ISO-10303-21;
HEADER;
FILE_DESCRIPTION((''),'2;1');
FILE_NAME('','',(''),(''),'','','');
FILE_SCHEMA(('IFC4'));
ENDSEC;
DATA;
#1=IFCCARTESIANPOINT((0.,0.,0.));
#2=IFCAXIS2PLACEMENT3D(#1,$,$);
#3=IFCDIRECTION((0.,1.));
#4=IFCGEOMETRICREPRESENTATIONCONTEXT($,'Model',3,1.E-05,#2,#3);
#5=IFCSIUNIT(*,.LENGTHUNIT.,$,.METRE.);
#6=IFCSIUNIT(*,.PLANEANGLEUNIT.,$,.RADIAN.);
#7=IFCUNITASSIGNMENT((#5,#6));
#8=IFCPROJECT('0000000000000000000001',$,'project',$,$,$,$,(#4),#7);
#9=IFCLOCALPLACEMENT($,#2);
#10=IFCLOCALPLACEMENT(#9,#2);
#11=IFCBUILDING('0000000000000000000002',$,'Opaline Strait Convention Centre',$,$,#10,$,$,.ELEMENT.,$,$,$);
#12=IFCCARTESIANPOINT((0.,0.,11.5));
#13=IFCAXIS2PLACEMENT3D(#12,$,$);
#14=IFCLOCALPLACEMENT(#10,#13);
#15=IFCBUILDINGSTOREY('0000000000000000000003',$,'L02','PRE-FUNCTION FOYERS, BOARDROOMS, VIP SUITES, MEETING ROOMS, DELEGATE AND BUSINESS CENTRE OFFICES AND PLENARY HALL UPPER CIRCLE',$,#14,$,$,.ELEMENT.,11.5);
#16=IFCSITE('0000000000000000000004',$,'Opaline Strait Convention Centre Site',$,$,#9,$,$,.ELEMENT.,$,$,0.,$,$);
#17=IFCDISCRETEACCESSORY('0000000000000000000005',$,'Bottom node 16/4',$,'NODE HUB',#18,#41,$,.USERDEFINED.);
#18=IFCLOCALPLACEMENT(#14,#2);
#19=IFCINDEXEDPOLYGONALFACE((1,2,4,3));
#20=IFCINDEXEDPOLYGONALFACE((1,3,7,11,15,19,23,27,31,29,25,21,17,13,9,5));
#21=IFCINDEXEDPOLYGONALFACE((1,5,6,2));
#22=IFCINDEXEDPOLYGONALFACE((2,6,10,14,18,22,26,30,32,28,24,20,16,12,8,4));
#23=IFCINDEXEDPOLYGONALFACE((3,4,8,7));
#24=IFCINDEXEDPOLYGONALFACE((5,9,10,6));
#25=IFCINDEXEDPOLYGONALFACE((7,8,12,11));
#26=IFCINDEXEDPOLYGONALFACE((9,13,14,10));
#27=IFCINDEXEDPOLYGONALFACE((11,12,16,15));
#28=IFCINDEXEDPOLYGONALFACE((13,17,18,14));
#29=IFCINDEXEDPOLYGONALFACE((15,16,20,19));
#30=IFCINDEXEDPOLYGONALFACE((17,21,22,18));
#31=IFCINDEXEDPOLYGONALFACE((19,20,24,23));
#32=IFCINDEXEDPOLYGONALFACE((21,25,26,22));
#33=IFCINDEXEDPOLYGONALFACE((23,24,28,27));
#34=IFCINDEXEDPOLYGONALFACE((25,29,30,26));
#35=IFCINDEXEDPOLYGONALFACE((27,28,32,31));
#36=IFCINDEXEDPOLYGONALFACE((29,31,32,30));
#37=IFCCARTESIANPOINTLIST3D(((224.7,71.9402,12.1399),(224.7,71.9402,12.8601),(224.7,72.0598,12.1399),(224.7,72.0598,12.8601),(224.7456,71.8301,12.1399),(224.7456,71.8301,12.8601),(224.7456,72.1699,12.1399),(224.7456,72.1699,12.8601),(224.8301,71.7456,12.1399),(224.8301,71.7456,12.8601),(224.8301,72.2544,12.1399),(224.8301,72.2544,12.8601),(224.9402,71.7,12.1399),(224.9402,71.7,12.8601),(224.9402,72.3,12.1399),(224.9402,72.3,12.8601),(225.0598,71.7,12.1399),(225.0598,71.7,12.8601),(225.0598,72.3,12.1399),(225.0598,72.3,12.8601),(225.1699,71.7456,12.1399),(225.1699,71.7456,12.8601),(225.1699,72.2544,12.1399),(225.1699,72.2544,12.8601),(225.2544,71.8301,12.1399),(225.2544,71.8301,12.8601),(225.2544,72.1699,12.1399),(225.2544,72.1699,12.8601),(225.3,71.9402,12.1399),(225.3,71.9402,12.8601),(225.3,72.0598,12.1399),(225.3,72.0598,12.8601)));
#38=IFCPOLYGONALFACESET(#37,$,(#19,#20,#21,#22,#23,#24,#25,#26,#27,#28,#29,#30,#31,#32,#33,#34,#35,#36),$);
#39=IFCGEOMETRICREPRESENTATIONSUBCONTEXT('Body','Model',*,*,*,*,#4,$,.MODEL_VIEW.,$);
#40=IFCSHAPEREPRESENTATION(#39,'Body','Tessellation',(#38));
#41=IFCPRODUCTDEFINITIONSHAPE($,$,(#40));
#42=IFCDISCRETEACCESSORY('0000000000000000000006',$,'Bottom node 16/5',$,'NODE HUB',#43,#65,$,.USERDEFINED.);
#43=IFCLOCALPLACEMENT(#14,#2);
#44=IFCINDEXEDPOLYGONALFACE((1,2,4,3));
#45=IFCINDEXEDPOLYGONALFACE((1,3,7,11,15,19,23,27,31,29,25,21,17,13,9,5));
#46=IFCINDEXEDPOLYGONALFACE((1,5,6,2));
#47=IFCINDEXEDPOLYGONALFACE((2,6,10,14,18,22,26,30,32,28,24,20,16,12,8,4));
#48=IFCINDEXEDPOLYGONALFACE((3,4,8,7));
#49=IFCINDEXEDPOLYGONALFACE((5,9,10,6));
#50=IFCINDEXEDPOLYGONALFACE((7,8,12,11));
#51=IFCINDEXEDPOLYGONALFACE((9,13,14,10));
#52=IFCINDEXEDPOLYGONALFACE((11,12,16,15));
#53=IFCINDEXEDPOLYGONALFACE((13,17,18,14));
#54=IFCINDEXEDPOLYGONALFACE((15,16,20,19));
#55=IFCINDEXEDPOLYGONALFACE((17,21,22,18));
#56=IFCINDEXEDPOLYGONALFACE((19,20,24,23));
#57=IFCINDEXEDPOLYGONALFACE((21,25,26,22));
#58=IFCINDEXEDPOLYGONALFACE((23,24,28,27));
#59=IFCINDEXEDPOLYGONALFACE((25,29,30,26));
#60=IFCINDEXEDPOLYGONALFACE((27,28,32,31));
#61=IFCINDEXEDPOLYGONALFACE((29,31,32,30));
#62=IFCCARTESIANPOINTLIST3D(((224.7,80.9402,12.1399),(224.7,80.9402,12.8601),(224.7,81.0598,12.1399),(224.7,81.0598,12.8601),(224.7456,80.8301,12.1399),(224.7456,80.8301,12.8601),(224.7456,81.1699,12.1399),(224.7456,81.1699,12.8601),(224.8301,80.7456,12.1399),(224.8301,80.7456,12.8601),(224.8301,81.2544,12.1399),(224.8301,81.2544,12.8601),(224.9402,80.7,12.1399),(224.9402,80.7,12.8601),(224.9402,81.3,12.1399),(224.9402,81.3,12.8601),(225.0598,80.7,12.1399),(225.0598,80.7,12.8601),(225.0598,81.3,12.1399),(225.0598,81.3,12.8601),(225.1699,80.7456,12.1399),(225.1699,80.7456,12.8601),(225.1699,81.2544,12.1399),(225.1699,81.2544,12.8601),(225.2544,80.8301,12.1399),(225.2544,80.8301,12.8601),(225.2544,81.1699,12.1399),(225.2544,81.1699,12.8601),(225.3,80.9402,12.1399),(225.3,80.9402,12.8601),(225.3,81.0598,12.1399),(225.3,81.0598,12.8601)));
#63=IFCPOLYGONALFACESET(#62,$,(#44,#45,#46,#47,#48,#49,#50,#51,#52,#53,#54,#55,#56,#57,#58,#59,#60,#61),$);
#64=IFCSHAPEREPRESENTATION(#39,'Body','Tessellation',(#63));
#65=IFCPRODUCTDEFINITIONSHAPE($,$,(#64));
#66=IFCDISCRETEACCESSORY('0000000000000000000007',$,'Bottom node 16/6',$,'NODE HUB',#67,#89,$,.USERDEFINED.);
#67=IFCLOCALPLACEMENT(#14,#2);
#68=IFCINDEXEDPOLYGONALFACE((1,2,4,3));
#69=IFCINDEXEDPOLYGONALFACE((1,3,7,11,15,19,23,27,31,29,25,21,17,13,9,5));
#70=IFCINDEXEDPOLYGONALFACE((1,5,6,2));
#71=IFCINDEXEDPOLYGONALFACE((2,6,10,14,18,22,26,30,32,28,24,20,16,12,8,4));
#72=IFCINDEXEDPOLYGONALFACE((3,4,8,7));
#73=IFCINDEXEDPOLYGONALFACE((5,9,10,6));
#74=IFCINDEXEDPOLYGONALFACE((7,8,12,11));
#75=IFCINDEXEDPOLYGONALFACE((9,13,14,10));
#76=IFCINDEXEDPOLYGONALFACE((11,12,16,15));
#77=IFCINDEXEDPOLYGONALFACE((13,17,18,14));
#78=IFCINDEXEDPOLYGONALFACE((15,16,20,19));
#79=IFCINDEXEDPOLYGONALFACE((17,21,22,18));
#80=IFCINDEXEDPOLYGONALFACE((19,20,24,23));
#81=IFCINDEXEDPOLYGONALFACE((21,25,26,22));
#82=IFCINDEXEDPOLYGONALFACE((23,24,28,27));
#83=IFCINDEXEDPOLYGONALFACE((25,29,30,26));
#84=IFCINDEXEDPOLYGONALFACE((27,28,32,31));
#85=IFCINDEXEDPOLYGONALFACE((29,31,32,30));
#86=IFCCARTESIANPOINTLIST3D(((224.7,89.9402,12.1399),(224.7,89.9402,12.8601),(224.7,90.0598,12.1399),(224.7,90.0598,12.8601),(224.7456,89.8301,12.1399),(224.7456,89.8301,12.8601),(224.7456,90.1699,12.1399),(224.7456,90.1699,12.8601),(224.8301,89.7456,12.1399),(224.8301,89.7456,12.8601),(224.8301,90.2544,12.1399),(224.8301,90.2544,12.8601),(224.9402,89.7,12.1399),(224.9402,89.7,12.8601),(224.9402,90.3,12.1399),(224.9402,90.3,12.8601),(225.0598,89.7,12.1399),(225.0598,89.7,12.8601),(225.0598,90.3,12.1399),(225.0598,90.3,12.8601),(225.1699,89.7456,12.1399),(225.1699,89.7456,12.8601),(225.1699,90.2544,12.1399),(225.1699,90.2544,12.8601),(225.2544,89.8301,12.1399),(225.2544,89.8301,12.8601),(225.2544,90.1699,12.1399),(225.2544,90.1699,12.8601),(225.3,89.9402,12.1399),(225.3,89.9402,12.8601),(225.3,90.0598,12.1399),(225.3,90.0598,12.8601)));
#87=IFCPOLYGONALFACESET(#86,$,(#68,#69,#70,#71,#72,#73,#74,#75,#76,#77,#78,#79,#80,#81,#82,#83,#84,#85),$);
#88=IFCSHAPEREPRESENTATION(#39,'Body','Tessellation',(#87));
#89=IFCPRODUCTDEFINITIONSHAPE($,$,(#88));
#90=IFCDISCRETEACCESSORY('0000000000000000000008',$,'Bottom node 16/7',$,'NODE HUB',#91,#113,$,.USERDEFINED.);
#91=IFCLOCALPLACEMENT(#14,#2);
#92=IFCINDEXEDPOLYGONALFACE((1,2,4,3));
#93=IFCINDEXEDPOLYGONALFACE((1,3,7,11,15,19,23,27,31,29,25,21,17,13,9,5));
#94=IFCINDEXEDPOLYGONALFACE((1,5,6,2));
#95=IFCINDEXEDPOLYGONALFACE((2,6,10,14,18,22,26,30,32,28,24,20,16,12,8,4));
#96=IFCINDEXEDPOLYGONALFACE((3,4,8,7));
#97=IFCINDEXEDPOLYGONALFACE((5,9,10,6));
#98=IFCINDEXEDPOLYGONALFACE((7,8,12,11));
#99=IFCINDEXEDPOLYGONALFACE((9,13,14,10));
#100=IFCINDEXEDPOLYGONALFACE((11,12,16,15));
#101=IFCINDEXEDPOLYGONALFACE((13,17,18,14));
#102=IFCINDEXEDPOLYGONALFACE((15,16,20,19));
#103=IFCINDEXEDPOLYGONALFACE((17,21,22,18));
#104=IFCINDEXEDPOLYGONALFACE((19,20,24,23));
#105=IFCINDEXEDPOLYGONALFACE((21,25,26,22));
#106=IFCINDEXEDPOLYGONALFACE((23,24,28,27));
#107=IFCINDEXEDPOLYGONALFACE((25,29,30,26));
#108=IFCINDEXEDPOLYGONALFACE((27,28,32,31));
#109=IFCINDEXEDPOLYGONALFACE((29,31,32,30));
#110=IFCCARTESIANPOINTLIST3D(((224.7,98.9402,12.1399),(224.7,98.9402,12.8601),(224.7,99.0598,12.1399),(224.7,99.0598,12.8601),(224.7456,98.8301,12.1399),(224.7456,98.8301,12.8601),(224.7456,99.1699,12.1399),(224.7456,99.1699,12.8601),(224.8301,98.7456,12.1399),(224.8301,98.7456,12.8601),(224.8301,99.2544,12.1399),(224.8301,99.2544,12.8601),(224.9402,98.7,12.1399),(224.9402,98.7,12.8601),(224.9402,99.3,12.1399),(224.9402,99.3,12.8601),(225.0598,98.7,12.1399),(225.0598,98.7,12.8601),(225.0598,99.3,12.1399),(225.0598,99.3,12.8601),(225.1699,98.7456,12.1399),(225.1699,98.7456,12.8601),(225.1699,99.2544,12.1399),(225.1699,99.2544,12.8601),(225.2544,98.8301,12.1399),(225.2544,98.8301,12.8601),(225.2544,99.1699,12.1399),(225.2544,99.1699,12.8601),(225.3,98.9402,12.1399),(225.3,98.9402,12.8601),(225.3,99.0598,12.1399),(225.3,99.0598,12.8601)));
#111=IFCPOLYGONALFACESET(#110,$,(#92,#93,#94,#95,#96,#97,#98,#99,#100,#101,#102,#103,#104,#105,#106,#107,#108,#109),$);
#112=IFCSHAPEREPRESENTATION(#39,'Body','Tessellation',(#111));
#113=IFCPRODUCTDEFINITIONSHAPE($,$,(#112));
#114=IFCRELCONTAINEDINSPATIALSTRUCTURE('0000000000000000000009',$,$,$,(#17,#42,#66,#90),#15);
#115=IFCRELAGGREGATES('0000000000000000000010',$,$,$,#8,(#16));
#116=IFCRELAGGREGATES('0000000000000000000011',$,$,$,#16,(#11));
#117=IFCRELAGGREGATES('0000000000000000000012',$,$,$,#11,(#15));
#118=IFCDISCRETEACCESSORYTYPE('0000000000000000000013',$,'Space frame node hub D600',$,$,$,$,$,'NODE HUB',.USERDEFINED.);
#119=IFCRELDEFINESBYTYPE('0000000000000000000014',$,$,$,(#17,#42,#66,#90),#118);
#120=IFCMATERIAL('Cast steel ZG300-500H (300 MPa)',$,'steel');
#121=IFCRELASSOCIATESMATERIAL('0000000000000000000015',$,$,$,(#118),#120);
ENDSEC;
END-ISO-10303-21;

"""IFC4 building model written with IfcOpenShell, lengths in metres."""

from ifc_helpers import new_model, si_unit, direction, frame, origin, place, context, subcontext, project, spatial, polyline, outline, extrude, material, type_object, element, save


model = new_model("IFC4")

# Units and contexts
model_context = context("Model", 3, precision=1e-05, world=origin(), true_north=direction((0.0, 1.0)))
body_context = subcontext(model_context, "Body", "Model", "MODEL_VIEW")
ifc_project = project(units=[si_unit("LENGTHUNIT", "METRE"), si_unit("PLANEANGLEUNIT", "RADIAN")], contexts=[model_context])

# Site, building, storey
site_placement = place(None, origin())
site = spatial("IfcSite", under=ifc_project, at=site_placement, Name="Opaline Strait Convention Centre Site", CompositionType="ELEMENT", RefElevation=0.0)
building_placement = place(site_placement, origin())
building = spatial("IfcBuilding", under=site, at=building_placement, Name="Opaline Strait Convention Centre", CompositionType="ELEMENT")
storey_placement = place(building_placement, frame((0.0, 0.0, 11.5)))
storey = spatial("IfcBuildingStorey", under=building, at=storey_placement, Name="L02", Description="PRE-FUNCTION FOYERS, BOARDROOMS, VIP SUITES, MEETING ROOMS, DELEGATE AND BUSINESS CENTRE OFFICES AND PLENARY HALL UPPER CIRCLE", CompositionType="ELEMENT", Elevation=11.5)

# Discrete accessories
ifc_material = material(Name="Cast steel ZG300-500H (300 MPa)", Category="steel")
discrete_accessory_type_1 = type_object("IfcDiscreteAccessoryType", Name="Space frame node hub D600", ElementType="NODE HUB", PredefinedType="USERDEFINED", material=ifc_material)
discrete_accessory_1_placement = place(storey_placement, frame((0.0, 0.0, 12.1399)))
element("IfcDiscreteAccessory", 1, at=discrete_accessory_1_placement, inside=storey, type_object=discrete_accessory_type_1, Name="Bottom node 16/4", ObjectType="NODE HUB", PredefinedType="USERDEFINED", context=body_context, shape_type="SweptSolid", body=[
    extrude(outline(polyline([(225.3, 72.0598), (225.2544, 72.1699), (225.1699, 72.2544), (225.0598, 72.3), (224.9402, 72.3), (224.8301, 72.2544), (224.7456, 72.1699), (224.7, 72.0598), (224.7, 71.9402), (224.7456, 71.8301), (224.8301, 71.7456), (224.9402, 71.7), (225.0598, 71.7), (225.1699, 71.7456), (225.2544, 71.8301), (225.3, 71.9402), (225.3, 72.0598)])), origin(), (0.0, 0.0, 1.0), 0.7202),
])
discrete_accessory_2_placement = place(storey_placement, frame((0.0, 0.0, 12.1399)))
element("IfcDiscreteAccessory", 2, at=discrete_accessory_2_placement, inside=storey, type_object=discrete_accessory_type_1, Name="Bottom node 16/5", ObjectType="NODE HUB", PredefinedType="USERDEFINED", context=body_context, shape_type="SweptSolid", body=[
    extrude(outline(polyline([(225.3, 81.0598), (225.2544, 81.1699), (225.1699, 81.2544), (225.0598, 81.3), (224.9402, 81.3), (224.8301, 81.2544), (224.7456, 81.1699), (224.7, 81.0598), (224.7, 80.9402), (224.7456, 80.8301), (224.8301, 80.7456), (224.9402, 80.7), (225.0598, 80.7), (225.1699, 80.7456), (225.2544, 80.8301), (225.3, 80.9402), (225.3, 81.0598)])), origin(), (0.0, 0.0, 1.0), 0.7202),
])
discrete_accessory_3_placement = place(storey_placement, frame((0.0, 0.0, 12.1399)))
element("IfcDiscreteAccessory", 3, at=discrete_accessory_3_placement, inside=storey, type_object=discrete_accessory_type_1, Name="Bottom node 16/6", ObjectType="NODE HUB", PredefinedType="USERDEFINED", context=body_context, shape_type="SweptSolid", body=[
    extrude(outline(polyline([(225.3, 90.0598), (225.2544, 90.1699), (225.1699, 90.2544), (225.0598, 90.3), (224.9402, 90.3), (224.8301, 90.2544), (224.7456, 90.1699), (224.7, 90.0598), (224.7, 89.9402), (224.7456, 89.8301), (224.8301, 89.7456), (224.9402, 89.7), (225.0598, 89.7), (225.1699, 89.7456), (225.2544, 89.8301), (225.3, 89.9402), (225.3, 90.0598)])), origin(), (0.0, 0.0, 1.0), 0.7202),
])
discrete_accessory_4_placement = place(storey_placement, frame((0.0, 0.0, 12.1399)))
element("IfcDiscreteAccessory", 4, at=discrete_accessory_4_placement, inside=storey, type_object=discrete_accessory_type_1, Name="Bottom node 16/7", ObjectType="NODE HUB", PredefinedType="USERDEFINED", context=body_context, shape_type="SweptSolid", body=[
    extrude(outline(polyline([(225.3, 99.0598), (225.2544, 99.1699), (225.1699, 99.2544), (225.0598, 99.3), (224.9402, 99.3), (224.8301, 99.2544), (224.7456, 99.1699), (224.7, 99.0598), (224.7, 98.9402), (224.7456, 98.8301), (224.8301, 98.7456), (224.9402, 98.7), (225.0598, 98.7), (225.1699, 98.7456), (225.2544, 98.8301), (225.3, 98.9402), (225.3, 99.0598)])), origin(), (0.0, 0.0, 1.0), 0.7202),
])

save(model, "model.ifc")
